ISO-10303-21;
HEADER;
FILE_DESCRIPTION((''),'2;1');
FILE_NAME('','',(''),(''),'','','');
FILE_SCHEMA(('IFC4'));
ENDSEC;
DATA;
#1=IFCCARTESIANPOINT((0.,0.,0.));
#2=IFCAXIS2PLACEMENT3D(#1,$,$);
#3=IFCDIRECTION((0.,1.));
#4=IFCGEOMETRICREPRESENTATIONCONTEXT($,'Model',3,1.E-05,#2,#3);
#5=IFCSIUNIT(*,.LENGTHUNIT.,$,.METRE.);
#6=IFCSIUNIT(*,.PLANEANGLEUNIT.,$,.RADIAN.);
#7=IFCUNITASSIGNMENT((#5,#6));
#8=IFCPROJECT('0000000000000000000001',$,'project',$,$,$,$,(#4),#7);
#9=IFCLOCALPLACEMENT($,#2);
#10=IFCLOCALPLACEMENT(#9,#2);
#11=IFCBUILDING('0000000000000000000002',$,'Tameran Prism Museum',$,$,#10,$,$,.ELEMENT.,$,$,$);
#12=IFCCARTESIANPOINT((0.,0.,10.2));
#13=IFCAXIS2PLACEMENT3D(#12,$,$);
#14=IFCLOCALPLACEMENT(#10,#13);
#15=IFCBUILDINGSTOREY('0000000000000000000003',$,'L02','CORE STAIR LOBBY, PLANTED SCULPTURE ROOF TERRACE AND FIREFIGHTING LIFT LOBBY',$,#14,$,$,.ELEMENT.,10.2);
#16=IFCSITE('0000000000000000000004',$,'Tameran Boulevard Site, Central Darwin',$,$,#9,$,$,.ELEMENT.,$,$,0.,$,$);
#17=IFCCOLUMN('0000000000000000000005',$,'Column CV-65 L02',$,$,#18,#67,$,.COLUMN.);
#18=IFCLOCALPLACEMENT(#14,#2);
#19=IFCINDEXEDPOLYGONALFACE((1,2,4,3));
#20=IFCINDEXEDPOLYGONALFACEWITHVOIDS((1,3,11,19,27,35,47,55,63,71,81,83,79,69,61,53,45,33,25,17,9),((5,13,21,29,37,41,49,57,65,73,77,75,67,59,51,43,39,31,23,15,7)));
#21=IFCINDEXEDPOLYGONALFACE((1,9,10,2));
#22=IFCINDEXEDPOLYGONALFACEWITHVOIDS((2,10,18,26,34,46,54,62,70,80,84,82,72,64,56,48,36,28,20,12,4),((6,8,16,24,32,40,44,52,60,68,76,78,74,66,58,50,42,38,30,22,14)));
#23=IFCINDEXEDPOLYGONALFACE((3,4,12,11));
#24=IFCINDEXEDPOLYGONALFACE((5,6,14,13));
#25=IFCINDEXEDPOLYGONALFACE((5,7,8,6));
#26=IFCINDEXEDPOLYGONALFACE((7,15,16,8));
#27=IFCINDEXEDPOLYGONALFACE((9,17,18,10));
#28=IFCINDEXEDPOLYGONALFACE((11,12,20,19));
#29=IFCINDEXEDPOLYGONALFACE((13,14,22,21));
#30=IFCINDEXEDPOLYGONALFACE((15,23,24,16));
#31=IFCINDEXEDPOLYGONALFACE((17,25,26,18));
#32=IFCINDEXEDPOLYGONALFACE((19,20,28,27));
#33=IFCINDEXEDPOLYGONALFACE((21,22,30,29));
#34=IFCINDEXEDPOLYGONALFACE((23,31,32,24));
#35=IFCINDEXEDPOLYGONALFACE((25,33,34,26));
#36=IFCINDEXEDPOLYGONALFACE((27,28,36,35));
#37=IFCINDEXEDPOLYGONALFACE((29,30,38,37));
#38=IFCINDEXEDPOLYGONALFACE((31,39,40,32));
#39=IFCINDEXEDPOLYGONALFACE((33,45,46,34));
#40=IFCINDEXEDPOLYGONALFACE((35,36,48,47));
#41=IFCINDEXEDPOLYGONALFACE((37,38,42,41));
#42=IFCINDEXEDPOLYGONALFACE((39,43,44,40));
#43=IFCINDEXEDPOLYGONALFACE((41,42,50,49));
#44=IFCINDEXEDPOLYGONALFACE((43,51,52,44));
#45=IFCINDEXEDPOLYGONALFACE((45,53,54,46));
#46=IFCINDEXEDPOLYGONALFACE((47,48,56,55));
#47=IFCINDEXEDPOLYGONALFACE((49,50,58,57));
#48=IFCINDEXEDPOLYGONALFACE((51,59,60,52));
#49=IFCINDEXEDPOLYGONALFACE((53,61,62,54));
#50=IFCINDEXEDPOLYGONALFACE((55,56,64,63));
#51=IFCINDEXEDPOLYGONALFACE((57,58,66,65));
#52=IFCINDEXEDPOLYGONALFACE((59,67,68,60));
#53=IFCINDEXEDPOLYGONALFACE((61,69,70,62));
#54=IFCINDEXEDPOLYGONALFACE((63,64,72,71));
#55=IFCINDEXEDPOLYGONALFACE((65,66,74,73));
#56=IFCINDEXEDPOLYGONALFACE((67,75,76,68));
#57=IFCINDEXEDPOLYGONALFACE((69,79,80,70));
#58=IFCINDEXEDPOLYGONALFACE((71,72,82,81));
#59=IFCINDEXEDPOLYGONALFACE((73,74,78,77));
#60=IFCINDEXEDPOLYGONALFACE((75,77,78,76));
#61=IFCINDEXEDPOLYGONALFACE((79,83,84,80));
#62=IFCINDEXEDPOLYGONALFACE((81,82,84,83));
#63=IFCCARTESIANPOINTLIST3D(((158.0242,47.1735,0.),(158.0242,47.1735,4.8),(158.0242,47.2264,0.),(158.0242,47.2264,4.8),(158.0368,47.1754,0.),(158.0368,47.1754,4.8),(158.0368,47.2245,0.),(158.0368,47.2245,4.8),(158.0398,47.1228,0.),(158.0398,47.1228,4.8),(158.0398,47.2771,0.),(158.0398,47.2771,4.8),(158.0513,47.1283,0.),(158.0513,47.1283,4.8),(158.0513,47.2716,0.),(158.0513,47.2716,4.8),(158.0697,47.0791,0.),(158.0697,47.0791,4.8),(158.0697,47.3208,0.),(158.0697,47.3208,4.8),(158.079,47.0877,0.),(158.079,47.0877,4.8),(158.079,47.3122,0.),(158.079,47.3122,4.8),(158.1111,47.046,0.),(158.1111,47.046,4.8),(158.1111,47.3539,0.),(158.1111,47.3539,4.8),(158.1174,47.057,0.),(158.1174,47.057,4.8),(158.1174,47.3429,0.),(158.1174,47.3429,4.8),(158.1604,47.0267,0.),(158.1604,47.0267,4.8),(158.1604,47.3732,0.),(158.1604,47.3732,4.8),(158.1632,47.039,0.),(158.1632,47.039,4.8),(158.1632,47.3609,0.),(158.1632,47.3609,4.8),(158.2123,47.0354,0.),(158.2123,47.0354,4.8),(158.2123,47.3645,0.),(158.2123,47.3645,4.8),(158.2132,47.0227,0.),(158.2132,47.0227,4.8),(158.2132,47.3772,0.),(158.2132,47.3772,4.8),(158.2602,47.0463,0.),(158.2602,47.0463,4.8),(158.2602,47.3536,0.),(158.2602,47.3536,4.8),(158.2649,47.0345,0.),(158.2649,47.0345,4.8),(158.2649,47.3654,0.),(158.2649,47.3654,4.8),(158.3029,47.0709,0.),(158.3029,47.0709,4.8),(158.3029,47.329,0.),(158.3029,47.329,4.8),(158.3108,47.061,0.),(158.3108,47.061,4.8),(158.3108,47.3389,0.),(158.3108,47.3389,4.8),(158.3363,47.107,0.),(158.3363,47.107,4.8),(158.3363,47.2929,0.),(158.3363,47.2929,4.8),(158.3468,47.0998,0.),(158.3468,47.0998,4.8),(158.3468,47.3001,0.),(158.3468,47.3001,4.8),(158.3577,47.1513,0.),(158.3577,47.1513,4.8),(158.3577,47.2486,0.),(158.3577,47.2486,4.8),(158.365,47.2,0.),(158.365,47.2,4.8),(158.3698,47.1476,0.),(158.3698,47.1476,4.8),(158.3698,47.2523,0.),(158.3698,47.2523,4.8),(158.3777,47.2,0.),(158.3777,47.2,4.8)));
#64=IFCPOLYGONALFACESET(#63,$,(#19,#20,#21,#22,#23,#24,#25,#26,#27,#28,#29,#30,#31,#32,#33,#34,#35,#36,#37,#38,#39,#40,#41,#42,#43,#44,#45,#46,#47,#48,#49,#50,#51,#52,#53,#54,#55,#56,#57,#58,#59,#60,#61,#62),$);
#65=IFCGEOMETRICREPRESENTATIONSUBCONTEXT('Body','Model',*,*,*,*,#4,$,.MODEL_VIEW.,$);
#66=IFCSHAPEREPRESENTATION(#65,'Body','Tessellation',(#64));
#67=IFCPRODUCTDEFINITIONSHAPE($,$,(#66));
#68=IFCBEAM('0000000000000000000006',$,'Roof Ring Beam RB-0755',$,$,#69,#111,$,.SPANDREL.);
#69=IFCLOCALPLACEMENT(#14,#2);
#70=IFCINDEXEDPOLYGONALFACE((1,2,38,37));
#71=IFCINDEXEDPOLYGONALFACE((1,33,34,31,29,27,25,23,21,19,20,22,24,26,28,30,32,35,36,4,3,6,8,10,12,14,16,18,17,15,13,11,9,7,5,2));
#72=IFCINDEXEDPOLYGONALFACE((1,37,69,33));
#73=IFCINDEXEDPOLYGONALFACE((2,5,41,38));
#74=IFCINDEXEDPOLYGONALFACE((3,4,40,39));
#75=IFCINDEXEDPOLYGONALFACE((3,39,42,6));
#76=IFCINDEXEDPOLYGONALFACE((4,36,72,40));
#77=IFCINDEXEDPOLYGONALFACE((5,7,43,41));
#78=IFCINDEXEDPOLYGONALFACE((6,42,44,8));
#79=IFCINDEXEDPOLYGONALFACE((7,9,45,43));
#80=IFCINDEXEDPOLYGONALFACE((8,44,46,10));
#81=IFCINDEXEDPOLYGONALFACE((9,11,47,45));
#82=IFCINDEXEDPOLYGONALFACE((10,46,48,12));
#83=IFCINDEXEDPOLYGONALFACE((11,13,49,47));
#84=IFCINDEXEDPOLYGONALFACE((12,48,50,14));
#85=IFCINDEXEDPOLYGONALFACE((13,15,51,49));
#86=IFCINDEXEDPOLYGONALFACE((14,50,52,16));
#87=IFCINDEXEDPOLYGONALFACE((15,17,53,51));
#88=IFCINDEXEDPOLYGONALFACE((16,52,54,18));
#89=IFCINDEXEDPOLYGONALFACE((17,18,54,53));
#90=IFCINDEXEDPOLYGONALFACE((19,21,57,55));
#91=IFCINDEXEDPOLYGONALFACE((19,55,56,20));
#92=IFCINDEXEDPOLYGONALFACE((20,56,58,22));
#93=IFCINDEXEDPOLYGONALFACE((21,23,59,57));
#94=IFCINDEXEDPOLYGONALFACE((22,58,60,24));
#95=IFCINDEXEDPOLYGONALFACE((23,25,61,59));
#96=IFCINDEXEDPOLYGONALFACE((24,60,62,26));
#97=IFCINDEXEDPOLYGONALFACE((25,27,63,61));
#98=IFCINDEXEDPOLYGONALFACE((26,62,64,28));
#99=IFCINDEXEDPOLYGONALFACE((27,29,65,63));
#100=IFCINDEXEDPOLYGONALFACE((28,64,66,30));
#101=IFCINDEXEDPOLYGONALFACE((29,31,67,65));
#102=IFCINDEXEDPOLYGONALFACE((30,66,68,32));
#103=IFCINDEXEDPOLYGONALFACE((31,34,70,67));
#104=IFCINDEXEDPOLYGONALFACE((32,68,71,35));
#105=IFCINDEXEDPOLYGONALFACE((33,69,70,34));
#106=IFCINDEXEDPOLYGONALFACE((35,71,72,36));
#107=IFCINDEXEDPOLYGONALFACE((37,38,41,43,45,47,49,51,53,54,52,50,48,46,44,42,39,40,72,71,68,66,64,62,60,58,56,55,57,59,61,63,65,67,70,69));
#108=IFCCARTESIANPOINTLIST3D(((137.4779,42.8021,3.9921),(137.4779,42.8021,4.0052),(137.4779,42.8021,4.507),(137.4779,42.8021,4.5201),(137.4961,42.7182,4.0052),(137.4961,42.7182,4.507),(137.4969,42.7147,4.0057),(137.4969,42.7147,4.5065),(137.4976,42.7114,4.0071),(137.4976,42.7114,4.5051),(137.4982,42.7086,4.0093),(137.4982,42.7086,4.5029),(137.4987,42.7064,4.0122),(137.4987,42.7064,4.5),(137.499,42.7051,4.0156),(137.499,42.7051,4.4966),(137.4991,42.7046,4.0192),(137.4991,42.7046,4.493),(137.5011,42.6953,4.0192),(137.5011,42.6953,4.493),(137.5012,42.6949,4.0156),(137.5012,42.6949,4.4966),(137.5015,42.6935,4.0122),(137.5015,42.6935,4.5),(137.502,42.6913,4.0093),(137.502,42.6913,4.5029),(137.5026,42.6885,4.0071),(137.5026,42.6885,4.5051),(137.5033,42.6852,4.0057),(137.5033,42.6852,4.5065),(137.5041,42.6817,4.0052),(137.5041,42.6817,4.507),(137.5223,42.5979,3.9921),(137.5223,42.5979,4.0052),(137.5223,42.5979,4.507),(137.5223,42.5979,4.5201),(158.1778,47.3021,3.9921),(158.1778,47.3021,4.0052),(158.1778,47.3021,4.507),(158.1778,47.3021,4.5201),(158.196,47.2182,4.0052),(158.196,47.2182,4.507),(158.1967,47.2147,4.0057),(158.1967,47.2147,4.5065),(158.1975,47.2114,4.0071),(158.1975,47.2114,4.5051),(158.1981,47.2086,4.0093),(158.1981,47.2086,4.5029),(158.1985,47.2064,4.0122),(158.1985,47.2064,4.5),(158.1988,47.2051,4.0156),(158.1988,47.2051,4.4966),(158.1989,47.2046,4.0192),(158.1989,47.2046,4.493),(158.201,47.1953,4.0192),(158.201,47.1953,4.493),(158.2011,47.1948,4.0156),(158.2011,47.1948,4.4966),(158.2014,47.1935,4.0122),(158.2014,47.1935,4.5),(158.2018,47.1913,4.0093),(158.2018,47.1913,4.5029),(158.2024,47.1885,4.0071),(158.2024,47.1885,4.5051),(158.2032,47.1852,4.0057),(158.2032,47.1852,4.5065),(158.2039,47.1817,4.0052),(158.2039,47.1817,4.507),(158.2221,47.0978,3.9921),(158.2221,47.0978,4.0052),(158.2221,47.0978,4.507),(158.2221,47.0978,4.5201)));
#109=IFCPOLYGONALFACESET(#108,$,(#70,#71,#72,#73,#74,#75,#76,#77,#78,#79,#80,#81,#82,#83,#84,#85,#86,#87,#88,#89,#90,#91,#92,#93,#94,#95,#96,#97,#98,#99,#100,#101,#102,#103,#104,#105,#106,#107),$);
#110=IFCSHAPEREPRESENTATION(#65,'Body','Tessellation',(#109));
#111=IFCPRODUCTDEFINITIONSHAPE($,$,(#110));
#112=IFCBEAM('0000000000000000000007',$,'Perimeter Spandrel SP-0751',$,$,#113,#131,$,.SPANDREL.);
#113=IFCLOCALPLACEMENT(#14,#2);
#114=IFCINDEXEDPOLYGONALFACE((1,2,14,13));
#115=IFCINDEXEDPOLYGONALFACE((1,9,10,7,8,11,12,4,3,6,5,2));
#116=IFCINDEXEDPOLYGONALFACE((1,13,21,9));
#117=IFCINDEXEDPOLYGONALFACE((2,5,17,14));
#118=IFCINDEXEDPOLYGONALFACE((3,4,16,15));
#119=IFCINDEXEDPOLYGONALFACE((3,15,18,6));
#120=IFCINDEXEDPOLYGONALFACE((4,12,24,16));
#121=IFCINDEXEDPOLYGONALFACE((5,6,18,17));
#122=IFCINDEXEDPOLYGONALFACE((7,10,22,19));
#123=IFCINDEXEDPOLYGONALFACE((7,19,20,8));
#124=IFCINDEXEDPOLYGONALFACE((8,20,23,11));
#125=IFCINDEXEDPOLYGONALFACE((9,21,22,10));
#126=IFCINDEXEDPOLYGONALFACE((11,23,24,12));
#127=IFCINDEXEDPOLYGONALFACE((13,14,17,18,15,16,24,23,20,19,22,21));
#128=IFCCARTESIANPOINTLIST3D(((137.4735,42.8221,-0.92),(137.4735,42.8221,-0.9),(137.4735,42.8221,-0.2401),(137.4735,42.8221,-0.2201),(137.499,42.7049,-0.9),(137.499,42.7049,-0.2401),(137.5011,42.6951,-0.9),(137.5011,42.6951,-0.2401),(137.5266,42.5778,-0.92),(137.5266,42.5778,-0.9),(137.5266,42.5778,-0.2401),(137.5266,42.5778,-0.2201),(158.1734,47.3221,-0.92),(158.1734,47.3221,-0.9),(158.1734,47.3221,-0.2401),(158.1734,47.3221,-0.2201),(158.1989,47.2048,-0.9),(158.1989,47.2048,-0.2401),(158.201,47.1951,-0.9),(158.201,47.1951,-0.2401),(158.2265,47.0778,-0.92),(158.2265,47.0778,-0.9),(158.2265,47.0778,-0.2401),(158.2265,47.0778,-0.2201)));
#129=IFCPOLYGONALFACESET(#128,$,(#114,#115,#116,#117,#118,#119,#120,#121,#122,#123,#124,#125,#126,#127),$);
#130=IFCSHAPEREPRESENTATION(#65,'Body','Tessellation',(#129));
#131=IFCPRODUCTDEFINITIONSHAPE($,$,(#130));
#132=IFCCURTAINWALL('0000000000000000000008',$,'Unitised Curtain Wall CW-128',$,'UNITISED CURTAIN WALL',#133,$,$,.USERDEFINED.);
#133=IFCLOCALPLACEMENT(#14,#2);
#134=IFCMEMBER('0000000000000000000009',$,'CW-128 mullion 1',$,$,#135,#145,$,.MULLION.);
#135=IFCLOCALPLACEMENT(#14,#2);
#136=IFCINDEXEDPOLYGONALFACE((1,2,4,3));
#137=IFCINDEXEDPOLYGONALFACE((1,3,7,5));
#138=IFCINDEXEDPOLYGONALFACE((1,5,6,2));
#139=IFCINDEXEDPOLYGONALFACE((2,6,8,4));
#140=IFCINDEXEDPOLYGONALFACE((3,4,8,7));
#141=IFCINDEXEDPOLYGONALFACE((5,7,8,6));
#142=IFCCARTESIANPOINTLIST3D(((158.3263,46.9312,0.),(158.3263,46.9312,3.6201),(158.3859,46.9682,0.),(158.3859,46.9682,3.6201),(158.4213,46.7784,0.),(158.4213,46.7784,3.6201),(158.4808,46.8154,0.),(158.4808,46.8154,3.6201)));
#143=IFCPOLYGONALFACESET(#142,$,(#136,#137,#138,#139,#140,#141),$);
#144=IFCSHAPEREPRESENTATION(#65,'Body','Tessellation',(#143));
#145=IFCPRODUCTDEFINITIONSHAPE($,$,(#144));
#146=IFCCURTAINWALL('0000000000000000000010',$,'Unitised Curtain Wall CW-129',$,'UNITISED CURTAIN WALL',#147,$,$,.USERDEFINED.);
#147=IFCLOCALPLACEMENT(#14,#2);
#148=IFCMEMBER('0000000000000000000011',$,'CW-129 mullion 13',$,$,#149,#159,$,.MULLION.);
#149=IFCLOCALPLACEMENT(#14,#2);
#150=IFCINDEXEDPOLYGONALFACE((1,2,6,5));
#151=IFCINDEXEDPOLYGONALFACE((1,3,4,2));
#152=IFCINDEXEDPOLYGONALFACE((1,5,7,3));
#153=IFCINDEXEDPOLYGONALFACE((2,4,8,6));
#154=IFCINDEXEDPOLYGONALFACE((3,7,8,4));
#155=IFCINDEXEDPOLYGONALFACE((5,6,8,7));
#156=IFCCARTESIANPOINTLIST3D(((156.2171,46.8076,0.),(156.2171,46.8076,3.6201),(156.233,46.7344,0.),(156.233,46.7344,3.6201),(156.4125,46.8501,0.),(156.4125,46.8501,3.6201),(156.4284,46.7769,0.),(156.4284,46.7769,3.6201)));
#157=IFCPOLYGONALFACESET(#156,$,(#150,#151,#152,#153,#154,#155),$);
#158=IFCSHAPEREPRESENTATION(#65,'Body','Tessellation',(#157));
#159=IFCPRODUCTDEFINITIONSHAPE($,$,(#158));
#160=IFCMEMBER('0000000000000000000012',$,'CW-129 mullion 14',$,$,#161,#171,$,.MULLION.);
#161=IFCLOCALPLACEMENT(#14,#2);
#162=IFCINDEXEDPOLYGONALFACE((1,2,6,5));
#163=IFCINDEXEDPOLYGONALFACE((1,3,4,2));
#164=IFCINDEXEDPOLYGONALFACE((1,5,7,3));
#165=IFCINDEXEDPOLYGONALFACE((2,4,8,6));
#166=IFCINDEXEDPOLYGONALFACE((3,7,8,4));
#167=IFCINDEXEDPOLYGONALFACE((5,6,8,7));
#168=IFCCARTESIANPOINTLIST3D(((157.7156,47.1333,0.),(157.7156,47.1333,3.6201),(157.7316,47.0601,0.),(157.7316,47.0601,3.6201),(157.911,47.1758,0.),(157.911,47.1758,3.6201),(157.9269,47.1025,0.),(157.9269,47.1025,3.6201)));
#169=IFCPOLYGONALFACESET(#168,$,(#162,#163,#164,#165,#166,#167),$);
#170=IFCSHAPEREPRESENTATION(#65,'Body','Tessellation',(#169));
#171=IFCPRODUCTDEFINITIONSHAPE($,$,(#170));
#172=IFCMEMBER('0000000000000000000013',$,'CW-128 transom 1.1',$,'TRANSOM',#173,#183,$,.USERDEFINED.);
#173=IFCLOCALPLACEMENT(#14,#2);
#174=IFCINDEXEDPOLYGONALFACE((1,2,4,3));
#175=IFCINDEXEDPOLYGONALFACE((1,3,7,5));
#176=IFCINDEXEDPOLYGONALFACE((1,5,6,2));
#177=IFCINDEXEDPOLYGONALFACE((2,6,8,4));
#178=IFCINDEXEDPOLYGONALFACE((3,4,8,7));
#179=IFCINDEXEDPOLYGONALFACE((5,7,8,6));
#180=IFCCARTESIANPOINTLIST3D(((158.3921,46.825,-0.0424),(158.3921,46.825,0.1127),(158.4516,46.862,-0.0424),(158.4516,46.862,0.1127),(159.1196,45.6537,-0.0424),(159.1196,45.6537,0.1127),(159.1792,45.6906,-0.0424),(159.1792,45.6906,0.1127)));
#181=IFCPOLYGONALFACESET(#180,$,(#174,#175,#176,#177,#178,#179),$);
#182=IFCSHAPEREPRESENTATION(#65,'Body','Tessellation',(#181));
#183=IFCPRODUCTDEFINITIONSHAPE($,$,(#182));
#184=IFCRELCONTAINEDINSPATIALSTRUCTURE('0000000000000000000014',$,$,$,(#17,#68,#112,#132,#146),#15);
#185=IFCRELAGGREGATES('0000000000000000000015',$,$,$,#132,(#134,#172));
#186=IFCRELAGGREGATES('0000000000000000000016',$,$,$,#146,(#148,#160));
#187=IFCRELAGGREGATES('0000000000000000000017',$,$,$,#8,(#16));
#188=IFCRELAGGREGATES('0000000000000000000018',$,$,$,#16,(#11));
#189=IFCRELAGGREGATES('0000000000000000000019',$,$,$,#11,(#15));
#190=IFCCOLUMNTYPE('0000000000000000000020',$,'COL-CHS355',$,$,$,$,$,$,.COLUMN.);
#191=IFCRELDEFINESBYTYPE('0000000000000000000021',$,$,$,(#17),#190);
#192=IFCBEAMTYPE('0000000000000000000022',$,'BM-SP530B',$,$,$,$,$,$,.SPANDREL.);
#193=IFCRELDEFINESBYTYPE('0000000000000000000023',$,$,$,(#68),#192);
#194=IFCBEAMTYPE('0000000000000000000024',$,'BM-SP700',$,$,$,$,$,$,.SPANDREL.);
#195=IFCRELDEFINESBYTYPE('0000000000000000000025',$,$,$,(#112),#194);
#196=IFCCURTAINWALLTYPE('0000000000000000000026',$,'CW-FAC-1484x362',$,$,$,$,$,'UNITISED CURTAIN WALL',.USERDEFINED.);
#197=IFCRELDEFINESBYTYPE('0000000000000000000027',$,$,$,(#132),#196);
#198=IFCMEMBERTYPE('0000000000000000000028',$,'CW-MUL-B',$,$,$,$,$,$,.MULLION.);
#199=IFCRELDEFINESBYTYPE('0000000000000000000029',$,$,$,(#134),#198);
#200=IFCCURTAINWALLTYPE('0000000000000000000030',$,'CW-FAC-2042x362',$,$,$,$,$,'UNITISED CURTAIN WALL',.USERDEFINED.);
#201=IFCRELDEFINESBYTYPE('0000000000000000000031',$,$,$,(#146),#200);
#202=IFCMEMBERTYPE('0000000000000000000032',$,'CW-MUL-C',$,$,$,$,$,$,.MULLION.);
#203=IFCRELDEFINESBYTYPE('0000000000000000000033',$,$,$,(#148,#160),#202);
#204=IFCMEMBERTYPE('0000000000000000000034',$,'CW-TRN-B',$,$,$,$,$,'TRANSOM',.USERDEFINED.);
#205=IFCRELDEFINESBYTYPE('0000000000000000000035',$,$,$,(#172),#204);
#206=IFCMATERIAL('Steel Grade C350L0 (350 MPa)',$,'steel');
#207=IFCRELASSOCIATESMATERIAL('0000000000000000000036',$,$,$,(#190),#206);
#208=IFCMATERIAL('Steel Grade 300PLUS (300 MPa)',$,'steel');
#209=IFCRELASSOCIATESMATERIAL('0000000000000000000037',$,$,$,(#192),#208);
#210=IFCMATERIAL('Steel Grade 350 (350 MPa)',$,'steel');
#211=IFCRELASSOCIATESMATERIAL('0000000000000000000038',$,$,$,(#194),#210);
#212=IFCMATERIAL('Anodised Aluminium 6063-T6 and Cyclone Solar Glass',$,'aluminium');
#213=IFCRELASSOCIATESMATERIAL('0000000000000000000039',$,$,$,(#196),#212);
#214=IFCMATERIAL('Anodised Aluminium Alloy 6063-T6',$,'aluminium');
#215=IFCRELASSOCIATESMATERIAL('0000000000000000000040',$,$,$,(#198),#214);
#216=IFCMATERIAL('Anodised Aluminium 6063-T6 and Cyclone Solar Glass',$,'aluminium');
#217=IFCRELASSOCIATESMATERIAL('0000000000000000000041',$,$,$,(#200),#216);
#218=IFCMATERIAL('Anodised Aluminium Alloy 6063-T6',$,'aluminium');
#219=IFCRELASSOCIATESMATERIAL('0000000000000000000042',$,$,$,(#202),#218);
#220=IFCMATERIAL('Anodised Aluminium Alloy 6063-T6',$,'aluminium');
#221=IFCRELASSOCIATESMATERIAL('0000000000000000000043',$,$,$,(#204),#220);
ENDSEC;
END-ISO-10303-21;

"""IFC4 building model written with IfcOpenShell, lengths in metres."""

from ifc_helpers import new_model, si_unit, direction, frame, origin, origin_2d, place, context, subcontext, project, spatial, rectangle, hollow_circle, i_section, extrude, material, material_profile, profile_set, type_object, element, aggregate, save


model = new_model("IFC4")

# Units and contexts
model_context = context("Model", 3, precision=1e-05, world=origin(), true_north=direction((0.0, 1.0)))
body_context = subcontext(model_context, "Body", "Model", "MODEL_VIEW")
ifc_project = project(units=[si_unit("LENGTHUNIT", "METRE"), si_unit("PLANEANGLEUNIT", "RADIAN")], contexts=[model_context])

# Site, building, storey
site_placement = place(None, origin())
site = spatial("IfcSite", under=ifc_project, at=site_placement, Name="Tameran Boulevard Site, Central Darwin", CompositionType="ELEMENT", RefElevation=0.0)
building_placement = place(site_placement, origin())
building = spatial("IfcBuilding", under=site, at=building_placement, Name="Tameran Prism Museum", CompositionType="ELEMENT")
storey_placement = place(building_placement, frame((0.0, 0.0, 10.2)))
storey = spatial("IfcBuildingStorey", under=building, at=storey_placement, Name="L02", Description="CORE STAIR LOBBY, PLANTED SCULPTURE ROOF TERRACE AND FIREFIGHTING LIFT LOBBY", CompositionType="ELEMENT", Elevation=10.2)

# Column
ifc_material_1 = material(Name="Steel Grade C350L0 (350 MPa)", Category="steel")
ifc_material_profile_1 = material_profile(ifc_material_1, hollow_circle(Radius=0.1777, WallThickness=0.0127, at=origin_2d()))
ifc_profile_set_1 = profile_set([ifc_material_profile_1])
column_type = type_object("IfcColumnType", Name="COL-CHS355", PredefinedType="COLUMN", material=ifc_profile_set_1)
column_placement = place(storey_placement, frame((158.2, 47.2, 0.0), z_axis=(0.0, 0.0, 1.0), x_axis=(1.0, 0.0, 0.0)))
element("IfcColumn", 1, at=column_placement, inside=storey, type_object=column_type, Name="Column CV-65 L02", PredefinedType="COLUMN", context=body_context, shape_type="SweptSolid", body=[
    extrude(hollow_circle(Radius=0.1777, WallThickness=0.0127, at=origin_2d()), origin(), (0.0, 0.0, 1.0), 4.8),
])

# Beams
ifc_material_2 = material(Name="Steel Grade 300PLUS (300 MPa)", Category="steel")
ifc_material_profile_2 = material_profile(ifc_material_2, i_section(OverallWidth=0.209, OverallDepth=0.5281, WebThickness=0.0095, FlangeThickness=0.0132, FilletRadius=0.0139, at=origin_2d()))
ifc_profile_set_2 = profile_set([ifc_material_profile_2])
beam_type_1 = type_object("IfcBeamType", Name="BM-SP530B", PredefinedType="SPANDREL", material=ifc_profile_set_2)
beam_1_placement = place(storey_placement, frame((158.2, 47.2, 4.2561), z_axis=(-0.977176, -0.21243, 0.0), x_axis=(0.21243, -0.977176, 0.0)))
element("IfcBeam", 2, at=beam_1_placement, inside=storey, type_object=beam_type_1, Name="Roof Ring Beam RB-0755", PredefinedType="SPANDREL", context=body_context, shape_type="SweptSolid", body=[
    extrude(i_section(OverallWidth=0.209, OverallDepth=0.5281, WebThickness=0.0095, FlangeThickness=0.0132, FilletRadius=0.0139, at=origin_2d()), origin(), (0.0, 0.0, 1.0), 21.1833),
])
ifc_material_3 = material(Name="Steel Grade 350 (350 MPa)", Category="steel")
ifc_material_profile_3 = material_profile(ifc_material_3, i_section(OverallWidth=0.25, OverallDepth=0.7, WebThickness=0.01, FlangeThickness=0.02, at=origin_2d()))
ifc_profile_set_3 = profile_set([ifc_material_profile_3])
beam_type_2 = type_object("IfcBeamType", Name="BM-SP700", PredefinedType="SPANDREL", material=ifc_profile_set_3)
beam_2_placement = place(storey_placement, frame((158.2, 47.2, -0.5701), z_axis=(-0.977176, -0.21243, 0.0), x_axis=(0.21243, -0.977176, 0.0)))
element("IfcBeam", 3, at=beam_2_placement, inside=storey, type_object=beam_type_2, Name="Perimeter Spandrel SP-0751", PredefinedType="SPANDREL", context=body_context, shape_type="SweptSolid", body=[
    extrude(i_section(OverallWidth=0.25, OverallDepth=0.7, WebThickness=0.01, FlangeThickness=0.02, at=origin_2d()), origin(), (0.0, 0.0, 1.0), 21.1833),
])

# Curtain wall, member
ifc_material_4 = material(Name="Anodised Aluminium 6063-T6 and Cyclone Solar Glass", Category="aluminium")
curtain_wall_type_1 = type_object("IfcCurtainWallType", Name="CW-FAC-1484x362", ElementType="UNITISED CURTAIN WALL", PredefinedType="USERDEFINED", material=ifc_material_4)
curtain_wall_1_placement = place(storey_placement, origin())
curtain_wall_1 = element("IfcCurtainWall", 4, at=curtain_wall_1_placement, inside=storey, type_object=curtain_wall_type_1, Name="Unitised Curtain Wall CW-128", ObjectType="UNITISED CURTAIN WALL", PredefinedType="USERDEFINED")
ifc_material_5 = material(Name="Anodised Aluminium Alloy 6063-T6", Category="aluminium")
ifc_material_profile_4 = material_profile(ifc_material_5, rectangle(XDim=0.0701, YDim=0.1799, at=origin_2d()))
ifc_profile_set_4 = profile_set([ifc_material_profile_4])
member_type_1 = type_object("IfcMemberType", Name="CW-MUL-B", PredefinedType="MULLION", material=ifc_profile_set_4)
member_1_placement = place(storey_placement, frame((158.4036, 46.8733, 0.0), z_axis=(0.0, 0.0, 1.0), x_axis=(0.849471, 0.527635, 0.0)))
member_1 = element("IfcMember", 5, at=member_1_placement, type_object=member_type_1, Name="CW-128 mullion 1", PredefinedType="MULLION", context=body_context, shape_type="SweptSolid", body=[
    extrude(rectangle(XDim=0.0701, YDim=0.1799, at=origin_2d()), origin(), (0.0, 0.0, 1.0), 3.6201),
])

# Curtain wall, members
ifc_material_6 = material(Name="Anodised Aluminium 6063-T6 and Cyclone Solar Glass", Category="aluminium")
curtain_wall_type_2 = type_object("IfcCurtainWallType", Name="CW-FAC-2042x362", ElementType="UNITISED CURTAIN WALL", PredefinedType="USERDEFINED", material=ifc_material_6)
curtain_wall_2_placement = place(storey_placement, origin())
curtain_wall_2 = element("IfcCurtainWall", 6, at=curtain_wall_2_placement, inside=storey, type_object=curtain_wall_type_2, Name="Unitised Curtain Wall CW-129", ObjectType="UNITISED CURTAIN WALL", PredefinedType="USERDEFINED")
ifc_material_7 = material(Name="Anodised Aluminium Alloy 6063-T6", Category="aluminium")
ifc_material_profile_5 = material_profile(ifc_material_7, rectangle(XDim=0.075, YDim=0.2, at=origin_2d()))
ifc_profile_set_5 = profile_set([ifc_material_profile_5])
member_type_2 = type_object("IfcMemberType", Name="CW-MUL-C", PredefinedType="MULLION", material=ifc_profile_set_5)
member_2_placement = place(storey_placement, frame((156.3228, 46.7922, 0.0), z_axis=(0.0, 0.0, 1.0), x_axis=(-0.212454, 0.977171, 0.0)))
member_2 = element("IfcMember", 7, at=member_2_placement, type_object=member_type_2, Name="CW-129 mullion 13", PredefinedType="MULLION", context=body_context, shape_type="SweptSolid", body=[
    extrude(rectangle(XDim=0.075, YDim=0.2, at=origin_2d()), origin(), (0.0, 0.0, 1.0), 3.6201),
])
member_3_placement = place(storey_placement, frame((157.8213, 47.1179, 0.0), z_axis=(0.0, 0.0, 1.0), x_axis=(-0.212454, 0.977171, 0.0)))
member_3 = element("IfcMember", 8, at=member_3_placement, type_object=member_type_2, Name="CW-129 mullion 14", PredefinedType="MULLION", context=body_context, shape_type="SweptSolid", body=[
    extrude(rectangle(XDim=0.075, YDim=0.2, at=origin_2d()), origin(), (0.0, 0.0, 1.0), 3.6201),
])

# Member
ifc_material_8 = material(Name="Anodised Aluminium Alloy 6063-T6", Category="aluminium")
ifc_material_profile_6 = material_profile(ifc_material_8, rectangle(XDim=0.0701, YDim=0.155, at=origin_2d()))
ifc_profile_set_6 = profile_set([ifc_material_profile_6])
member_type_3 = type_object("IfcMemberType", Name="CW-TRN-B", ElementType="TRANSOM", PredefinedType="USERDEFINED", material=ifc_profile_set_6)
member_4_placement = place(storey_placement, frame((158.4219, 46.8435, 0.0352), z_axis=(0.52761, -0.849487, 0.0), x_axis=(0.849487, 0.52761, 0.0)))
member_4 = element("IfcMember", 9, at=member_4_placement, type_object=member_type_3, Name="CW-128 transom 1.1", ObjectType="TRANSOM", PredefinedType="USERDEFINED", context=body_context, shape_type="SweptSolid", body=[
    extrude(rectangle(XDim=0.0701, YDim=0.155, at=origin_2d()), origin(), (0.0, 0.0, 1.0), 1.3789),
])

aggregate(curtain_wall_1, [member_1, member_4])
aggregate(curtain_wall_2, [member_2, member_3])

save(model, "model.ifc")
